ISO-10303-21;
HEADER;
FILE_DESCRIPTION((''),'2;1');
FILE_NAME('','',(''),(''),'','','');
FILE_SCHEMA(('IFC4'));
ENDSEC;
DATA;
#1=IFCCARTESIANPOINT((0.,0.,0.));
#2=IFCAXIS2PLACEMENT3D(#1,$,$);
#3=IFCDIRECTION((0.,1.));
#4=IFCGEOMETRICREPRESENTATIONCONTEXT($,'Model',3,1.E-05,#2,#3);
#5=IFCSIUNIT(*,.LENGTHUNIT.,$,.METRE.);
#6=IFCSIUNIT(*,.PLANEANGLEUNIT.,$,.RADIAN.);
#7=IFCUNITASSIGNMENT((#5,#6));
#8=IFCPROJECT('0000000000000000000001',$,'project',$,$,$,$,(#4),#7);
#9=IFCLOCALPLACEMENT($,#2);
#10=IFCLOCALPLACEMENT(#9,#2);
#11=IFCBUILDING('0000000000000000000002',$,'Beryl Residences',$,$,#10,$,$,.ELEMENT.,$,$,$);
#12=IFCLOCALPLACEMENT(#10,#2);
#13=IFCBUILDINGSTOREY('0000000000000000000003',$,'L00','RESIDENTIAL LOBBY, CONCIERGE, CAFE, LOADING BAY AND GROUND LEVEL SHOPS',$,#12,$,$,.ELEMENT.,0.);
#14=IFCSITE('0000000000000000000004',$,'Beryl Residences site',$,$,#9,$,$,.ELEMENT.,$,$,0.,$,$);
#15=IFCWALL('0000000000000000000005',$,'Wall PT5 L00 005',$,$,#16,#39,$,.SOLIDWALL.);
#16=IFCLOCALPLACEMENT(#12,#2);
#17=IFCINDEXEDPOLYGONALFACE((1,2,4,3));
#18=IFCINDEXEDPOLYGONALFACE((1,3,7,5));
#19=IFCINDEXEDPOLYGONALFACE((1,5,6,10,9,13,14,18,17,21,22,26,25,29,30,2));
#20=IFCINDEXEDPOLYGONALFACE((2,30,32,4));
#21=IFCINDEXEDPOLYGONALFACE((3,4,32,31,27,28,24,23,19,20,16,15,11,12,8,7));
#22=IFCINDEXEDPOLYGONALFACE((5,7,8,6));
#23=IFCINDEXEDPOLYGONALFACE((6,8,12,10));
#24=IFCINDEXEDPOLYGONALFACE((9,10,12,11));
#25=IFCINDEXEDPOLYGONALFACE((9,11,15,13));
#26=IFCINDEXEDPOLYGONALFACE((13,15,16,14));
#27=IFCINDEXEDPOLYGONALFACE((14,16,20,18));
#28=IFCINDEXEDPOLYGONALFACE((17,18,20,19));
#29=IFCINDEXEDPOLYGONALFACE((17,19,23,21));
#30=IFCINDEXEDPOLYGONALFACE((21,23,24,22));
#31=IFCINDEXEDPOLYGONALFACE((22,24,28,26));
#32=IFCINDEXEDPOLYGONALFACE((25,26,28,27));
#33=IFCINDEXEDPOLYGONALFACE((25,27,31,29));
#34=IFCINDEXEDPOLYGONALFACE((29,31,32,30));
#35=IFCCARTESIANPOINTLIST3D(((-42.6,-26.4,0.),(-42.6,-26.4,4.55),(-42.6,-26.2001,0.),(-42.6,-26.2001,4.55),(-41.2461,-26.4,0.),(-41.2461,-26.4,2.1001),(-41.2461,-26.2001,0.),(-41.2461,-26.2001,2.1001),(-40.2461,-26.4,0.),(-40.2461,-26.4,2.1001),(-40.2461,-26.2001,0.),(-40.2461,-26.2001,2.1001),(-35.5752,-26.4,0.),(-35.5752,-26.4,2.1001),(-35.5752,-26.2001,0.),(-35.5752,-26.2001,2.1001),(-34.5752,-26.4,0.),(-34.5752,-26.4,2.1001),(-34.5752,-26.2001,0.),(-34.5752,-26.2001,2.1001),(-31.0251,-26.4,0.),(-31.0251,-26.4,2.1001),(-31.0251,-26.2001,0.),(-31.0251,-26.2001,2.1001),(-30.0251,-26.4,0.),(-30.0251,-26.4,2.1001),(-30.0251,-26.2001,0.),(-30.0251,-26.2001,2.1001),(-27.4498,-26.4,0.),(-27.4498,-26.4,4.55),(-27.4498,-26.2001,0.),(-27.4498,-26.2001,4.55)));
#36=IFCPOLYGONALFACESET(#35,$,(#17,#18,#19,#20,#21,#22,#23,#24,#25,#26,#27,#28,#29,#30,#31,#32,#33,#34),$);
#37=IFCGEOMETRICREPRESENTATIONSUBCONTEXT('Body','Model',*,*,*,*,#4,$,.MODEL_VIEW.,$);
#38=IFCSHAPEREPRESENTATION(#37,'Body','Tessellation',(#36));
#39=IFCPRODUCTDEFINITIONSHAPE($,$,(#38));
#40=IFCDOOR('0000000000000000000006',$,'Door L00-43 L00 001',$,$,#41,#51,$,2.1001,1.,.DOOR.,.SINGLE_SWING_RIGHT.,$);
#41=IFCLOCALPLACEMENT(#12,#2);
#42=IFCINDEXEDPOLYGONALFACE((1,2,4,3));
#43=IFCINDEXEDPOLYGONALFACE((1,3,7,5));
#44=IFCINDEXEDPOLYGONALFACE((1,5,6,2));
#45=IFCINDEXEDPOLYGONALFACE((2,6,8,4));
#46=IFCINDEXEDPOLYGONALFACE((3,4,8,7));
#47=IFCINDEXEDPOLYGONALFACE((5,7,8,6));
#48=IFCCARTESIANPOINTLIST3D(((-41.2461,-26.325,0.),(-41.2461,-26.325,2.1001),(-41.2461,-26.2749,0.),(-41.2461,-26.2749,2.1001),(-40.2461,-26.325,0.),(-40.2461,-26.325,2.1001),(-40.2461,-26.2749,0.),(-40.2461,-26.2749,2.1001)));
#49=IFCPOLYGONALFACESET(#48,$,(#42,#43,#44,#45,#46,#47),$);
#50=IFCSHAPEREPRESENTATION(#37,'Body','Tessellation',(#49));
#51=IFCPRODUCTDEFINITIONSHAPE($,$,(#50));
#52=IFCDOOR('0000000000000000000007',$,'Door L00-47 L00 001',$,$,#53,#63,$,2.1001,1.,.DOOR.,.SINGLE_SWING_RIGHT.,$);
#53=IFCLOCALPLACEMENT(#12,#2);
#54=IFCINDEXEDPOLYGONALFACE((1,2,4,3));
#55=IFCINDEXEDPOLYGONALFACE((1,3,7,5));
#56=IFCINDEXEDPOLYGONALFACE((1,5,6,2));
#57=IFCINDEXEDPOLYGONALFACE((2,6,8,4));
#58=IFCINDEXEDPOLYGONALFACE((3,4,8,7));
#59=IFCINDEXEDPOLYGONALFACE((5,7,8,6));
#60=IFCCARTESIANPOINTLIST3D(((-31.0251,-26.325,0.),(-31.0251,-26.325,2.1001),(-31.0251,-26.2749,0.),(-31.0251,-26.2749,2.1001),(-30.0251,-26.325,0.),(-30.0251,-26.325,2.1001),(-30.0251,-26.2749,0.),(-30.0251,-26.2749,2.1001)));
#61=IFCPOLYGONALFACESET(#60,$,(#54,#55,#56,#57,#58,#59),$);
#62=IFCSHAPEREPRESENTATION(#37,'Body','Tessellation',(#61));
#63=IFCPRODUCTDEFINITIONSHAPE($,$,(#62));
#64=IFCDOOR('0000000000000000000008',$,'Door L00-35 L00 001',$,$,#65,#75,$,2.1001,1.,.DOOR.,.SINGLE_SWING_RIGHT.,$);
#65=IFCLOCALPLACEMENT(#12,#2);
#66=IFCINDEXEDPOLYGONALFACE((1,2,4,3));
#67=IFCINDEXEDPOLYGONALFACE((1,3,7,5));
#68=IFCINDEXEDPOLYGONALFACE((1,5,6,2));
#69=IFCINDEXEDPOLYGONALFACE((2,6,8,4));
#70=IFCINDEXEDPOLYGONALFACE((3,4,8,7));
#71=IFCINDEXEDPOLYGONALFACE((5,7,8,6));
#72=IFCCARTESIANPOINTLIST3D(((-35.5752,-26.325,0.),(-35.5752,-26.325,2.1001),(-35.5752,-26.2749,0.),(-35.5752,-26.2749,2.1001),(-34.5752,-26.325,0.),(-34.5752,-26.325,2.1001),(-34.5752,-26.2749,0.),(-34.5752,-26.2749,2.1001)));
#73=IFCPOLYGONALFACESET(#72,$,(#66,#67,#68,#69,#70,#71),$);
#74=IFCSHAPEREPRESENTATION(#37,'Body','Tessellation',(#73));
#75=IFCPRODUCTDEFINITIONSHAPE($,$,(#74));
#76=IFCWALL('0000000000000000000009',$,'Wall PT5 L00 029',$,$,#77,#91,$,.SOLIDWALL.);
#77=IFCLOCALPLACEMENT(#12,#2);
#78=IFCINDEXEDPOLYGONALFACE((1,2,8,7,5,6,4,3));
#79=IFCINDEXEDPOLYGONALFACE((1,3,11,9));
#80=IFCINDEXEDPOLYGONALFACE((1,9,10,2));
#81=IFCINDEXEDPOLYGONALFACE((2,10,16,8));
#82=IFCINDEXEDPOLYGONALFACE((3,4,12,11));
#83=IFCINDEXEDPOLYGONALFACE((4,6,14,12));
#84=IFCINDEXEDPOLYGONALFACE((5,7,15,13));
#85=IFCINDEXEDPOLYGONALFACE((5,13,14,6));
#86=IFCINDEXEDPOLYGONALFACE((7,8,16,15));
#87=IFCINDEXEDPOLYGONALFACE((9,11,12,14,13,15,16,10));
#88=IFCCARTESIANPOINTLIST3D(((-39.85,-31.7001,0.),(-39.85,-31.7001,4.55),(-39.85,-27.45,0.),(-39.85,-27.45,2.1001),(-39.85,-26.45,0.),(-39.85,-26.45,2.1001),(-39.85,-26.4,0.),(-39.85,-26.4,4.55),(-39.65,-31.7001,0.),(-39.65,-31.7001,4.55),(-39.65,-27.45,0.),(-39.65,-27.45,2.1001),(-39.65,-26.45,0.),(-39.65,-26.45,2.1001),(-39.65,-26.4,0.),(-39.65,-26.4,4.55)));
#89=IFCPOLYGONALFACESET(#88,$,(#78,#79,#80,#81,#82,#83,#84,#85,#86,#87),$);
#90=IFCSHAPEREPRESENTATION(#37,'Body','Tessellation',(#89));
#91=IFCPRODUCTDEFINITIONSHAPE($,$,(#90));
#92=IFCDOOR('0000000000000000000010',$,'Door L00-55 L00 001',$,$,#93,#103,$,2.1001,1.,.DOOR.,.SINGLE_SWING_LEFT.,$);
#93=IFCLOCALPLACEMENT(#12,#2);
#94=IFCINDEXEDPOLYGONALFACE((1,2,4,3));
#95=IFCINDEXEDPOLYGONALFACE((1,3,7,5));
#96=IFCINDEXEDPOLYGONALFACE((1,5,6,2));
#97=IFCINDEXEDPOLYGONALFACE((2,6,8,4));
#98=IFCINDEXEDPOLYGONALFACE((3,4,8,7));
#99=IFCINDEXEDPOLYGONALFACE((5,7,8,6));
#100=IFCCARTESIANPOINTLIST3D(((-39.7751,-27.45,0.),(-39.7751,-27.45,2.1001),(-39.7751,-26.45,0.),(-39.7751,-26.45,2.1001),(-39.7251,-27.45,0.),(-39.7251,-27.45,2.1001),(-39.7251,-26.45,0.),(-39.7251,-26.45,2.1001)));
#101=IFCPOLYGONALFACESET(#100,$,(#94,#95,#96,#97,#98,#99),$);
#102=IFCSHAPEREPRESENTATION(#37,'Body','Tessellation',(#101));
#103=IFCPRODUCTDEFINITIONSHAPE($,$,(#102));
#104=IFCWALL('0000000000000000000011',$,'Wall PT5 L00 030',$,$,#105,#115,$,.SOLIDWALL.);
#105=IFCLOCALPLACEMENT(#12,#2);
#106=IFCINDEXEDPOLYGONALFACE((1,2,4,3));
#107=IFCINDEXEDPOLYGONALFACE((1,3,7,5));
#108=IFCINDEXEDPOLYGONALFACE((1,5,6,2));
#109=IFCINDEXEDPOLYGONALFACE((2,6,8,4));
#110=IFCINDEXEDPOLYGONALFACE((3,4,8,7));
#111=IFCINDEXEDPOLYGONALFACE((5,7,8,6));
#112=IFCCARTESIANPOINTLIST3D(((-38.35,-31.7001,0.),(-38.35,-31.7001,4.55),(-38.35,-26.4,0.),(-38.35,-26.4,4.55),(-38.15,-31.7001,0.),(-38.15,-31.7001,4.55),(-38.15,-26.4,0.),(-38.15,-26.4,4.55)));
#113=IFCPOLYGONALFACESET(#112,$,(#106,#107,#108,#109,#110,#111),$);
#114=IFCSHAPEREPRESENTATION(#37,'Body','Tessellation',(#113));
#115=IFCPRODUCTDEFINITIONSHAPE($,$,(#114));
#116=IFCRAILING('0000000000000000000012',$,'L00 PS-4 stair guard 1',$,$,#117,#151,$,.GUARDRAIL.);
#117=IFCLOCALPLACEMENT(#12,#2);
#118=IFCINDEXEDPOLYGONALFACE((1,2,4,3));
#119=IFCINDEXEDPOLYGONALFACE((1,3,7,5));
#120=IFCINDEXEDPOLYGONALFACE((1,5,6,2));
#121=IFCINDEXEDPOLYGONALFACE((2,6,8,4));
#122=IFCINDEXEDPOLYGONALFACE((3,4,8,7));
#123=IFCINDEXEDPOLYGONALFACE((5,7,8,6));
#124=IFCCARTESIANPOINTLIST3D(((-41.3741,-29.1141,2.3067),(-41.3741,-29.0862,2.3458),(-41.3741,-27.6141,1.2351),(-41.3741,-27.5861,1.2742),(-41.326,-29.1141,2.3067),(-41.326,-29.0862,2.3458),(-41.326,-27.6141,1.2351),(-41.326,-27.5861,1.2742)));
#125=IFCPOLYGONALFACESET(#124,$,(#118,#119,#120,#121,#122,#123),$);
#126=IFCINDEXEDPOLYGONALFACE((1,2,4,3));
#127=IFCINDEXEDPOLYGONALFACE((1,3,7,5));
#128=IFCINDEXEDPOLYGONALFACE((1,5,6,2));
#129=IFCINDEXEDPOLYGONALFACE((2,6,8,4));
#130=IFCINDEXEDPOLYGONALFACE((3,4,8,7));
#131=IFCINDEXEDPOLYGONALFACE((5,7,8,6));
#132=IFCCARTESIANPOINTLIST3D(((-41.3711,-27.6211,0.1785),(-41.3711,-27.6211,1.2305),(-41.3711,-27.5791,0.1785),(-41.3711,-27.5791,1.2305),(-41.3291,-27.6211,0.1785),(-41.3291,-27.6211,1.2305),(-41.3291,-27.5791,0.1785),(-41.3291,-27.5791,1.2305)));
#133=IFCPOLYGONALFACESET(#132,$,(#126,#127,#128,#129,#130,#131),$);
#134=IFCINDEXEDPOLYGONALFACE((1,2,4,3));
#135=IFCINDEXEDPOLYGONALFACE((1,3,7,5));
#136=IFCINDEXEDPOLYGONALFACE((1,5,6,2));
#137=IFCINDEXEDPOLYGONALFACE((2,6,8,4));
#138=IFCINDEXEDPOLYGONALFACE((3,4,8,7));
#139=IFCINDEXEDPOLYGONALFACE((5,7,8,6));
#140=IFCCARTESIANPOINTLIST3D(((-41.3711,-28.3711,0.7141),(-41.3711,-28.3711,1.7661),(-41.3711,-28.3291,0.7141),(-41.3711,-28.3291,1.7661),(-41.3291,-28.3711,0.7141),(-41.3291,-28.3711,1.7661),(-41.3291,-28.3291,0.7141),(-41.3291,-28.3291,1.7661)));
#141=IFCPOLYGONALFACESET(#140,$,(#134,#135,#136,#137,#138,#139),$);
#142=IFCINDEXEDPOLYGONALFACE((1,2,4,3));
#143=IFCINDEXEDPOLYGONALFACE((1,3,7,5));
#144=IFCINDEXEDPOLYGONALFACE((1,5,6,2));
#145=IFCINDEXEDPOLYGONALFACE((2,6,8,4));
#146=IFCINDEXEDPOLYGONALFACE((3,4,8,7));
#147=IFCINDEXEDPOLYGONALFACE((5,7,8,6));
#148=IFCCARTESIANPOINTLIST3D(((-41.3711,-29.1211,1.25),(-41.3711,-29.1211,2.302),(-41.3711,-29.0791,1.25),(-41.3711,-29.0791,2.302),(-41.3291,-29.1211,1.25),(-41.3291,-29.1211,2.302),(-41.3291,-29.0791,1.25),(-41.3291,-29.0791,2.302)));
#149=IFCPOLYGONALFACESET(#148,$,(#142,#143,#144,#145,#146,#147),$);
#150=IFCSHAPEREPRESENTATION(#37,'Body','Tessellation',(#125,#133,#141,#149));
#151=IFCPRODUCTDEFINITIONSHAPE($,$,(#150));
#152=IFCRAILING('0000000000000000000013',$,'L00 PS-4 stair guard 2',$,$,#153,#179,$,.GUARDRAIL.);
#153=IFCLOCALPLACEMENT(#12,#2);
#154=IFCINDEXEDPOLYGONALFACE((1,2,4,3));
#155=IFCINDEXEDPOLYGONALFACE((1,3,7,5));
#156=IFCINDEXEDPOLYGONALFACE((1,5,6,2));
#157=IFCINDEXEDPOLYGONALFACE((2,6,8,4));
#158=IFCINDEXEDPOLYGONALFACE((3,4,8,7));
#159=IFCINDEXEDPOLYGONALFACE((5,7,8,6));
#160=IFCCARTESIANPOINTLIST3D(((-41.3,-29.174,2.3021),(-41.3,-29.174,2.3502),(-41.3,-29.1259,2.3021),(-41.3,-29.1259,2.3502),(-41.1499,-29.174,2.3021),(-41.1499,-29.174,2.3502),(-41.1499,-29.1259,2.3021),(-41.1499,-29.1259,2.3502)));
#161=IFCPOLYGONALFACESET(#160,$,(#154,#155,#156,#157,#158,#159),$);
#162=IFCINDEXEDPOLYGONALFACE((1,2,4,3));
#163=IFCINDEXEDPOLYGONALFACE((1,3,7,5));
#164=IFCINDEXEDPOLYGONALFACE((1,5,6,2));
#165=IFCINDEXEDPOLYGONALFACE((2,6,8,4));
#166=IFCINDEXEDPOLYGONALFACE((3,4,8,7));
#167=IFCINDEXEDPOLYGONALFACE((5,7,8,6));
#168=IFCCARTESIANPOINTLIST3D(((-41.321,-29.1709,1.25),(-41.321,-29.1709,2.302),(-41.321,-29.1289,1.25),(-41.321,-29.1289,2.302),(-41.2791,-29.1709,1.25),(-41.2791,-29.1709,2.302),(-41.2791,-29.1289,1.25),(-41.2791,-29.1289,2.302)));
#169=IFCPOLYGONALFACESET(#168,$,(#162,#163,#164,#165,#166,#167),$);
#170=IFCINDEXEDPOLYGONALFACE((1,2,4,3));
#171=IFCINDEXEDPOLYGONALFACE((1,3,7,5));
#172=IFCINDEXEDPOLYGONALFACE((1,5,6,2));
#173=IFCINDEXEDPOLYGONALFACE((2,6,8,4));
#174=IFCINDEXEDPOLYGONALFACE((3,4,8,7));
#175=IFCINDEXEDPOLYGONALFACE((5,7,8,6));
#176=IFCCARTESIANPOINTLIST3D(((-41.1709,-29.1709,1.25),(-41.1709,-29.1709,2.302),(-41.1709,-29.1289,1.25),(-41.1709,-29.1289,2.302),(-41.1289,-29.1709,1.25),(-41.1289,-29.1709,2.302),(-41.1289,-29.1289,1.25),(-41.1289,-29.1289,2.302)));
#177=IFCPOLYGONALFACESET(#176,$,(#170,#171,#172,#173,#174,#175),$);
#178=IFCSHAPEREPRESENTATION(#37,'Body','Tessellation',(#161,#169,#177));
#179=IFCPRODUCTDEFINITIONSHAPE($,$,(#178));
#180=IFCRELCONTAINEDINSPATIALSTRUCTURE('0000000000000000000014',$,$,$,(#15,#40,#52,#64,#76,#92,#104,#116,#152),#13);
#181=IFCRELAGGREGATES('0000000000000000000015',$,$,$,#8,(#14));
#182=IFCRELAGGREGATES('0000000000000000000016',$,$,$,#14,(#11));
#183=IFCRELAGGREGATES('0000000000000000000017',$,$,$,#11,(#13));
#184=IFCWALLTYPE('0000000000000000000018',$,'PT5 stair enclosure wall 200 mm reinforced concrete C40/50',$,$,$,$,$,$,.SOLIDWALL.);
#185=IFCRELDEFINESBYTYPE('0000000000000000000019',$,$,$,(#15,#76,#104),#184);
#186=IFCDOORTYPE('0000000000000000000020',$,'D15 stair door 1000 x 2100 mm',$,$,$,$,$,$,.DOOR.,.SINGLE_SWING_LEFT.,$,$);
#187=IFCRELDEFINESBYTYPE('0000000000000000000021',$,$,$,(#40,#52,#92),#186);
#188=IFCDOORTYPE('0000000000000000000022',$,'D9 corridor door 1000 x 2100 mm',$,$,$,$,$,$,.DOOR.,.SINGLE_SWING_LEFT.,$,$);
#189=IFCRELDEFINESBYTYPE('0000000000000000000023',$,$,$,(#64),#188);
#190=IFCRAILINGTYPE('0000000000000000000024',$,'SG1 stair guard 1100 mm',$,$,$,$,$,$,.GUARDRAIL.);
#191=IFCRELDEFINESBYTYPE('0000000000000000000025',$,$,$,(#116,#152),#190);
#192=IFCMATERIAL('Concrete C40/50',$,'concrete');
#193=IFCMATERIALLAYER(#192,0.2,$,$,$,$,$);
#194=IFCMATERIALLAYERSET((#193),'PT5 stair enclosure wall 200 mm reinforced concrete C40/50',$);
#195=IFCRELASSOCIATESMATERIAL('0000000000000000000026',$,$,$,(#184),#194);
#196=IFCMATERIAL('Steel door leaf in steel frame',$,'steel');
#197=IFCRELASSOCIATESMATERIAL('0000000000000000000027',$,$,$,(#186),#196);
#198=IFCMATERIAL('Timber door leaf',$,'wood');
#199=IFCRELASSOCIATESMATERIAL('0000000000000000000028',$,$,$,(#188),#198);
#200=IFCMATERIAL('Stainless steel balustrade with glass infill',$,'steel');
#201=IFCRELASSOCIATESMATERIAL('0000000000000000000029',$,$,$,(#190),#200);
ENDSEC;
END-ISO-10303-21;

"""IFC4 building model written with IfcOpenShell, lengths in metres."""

from ifc_helpers import new_model, si_unit, direction, frame, frame_2d, origin, origin_2d, place, context, subcontext, project, spatial, rectangle, extrude, material, layer, layer_set, type_object, element, fill, save


model = new_model("IFC4")

# Units and contexts
model_context = context("Model", 3, precision=1e-05, world=origin(), true_north=direction((0.0, 1.0)))
body_context = subcontext(model_context, "Body", "Model", "MODEL_VIEW")
ifc_project = project(units=[si_unit("LENGTHUNIT", "METRE"), si_unit("PLANEANGLEUNIT", "RADIAN")], contexts=[model_context])

# Site, building, storey
site_placement = place(None, origin())
site = spatial("IfcSite", under=ifc_project, at=site_placement, Name="Beryl Residences site", CompositionType="ELEMENT", RefElevation=0.0)
building_placement = place(site_placement, origin())
building = spatial("IfcBuilding", under=site, at=building_placement, Name="Beryl Residences", CompositionType="ELEMENT")
storey_placement = place(building_placement, origin())
storey = spatial("IfcBuildingStorey", under=building, at=storey_placement, Name="L00", Description="RESIDENTIAL LOBBY, CONCIERGE, CAFE, LOADING BAY AND GROUND LEVEL SHOPS", CompositionType="ELEMENT", Elevation=0.0)

# Wall, openings, doors
ifc_material_1 = material(Name="Concrete C40/50", Category="concrete")
ifc_layer_1 = layer(ifc_material_1, 0.2)
ifc_layer_set_1 = layer_set([ifc_layer_1], Name="PT5 stair enclosure wall 200 mm reinforced concrete C40/50")
wall_type_1 = type_object("IfcWallType", Name="PT5 stair enclosure wall 200 mm reinforced concrete C40/50", PredefinedType="SOLIDWALL", material=ifc_layer_set_1)
wall_1_placement = place(storey_placement, frame((-42.6001, -26.3, 0.0), z_axis=(0.0, 0.0, 1.0), x_axis=(1.0, 0.0, 0.0)))
wall_1 = element("IfcWall", 1, at=wall_1_placement, inside=storey, type_object=wall_type_1, Name="Wall PT5 L00 005", PredefinedType="SOLIDWALL", context=body_context, shape_type="SweptSolid", body=[
    extrude(rectangle(XDim=15.1501, YDim=0.2, at=frame_2d((7.5752, 0.0))), origin(), (0.0, 0.0, 1.0), 4.55),
])
opening_1_placement = place(wall_1_placement, frame((8.0249, 0.0, 0.0), z_axis=(0.0, 0.0, 1.0), x_axis=(-1.0, 0.0, 0.0)))
opening_1 = element("IfcOpeningElement", 2, at=opening_1_placement, cuts=wall_1, PredefinedType="OPENING", context=body_context, shape_type="SweptSolid", body=[
    extrude(rectangle(XDim=1.0, YDim=2.1001, at=frame_2d((0.5, 1.05))), frame((0.0, 0.1099, 0.0), z_axis=(0.0, -1.0, 0.0), x_axis=(1.0, 0.0, 0.0)), (0.0, 0.0, 1.0), 0.22),
])
opening_2_placement = place(wall_1_placement, frame((2.354, 0.0, 0.0), z_axis=(0.0, 0.0, 1.0), x_axis=(-1.0, 0.0, 0.0)))
opening_2 = element("IfcOpeningElement", 3, at=opening_2_placement, cuts=wall_1, PredefinedType="OPENING", context=body_context, shape_type="SweptSolid", body=[
    extrude(rectangle(XDim=1.0, YDim=2.1001, at=frame_2d((0.5, 1.05))), frame((0.0, 0.1099, 0.0), z_axis=(0.0, -1.0, 0.0), x_axis=(1.0, 0.0, 0.0)), (0.0, 0.0, 1.0), 0.22),
])
opening_3_placement = place(wall_1_placement, frame((12.575, 0.0, 0.0), z_axis=(0.0, 0.0, 1.0), x_axis=(-1.0, 0.0, 0.0)))
opening_3 = element("IfcOpeningElement", 4, at=opening_3_placement, cuts=wall_1, PredefinedType="OPENING", context=body_context, shape_type="SweptSolid", body=[
    extrude(rectangle(XDim=1.0, YDim=2.1001, at=frame_2d((0.5, 1.05))), frame((0.0, 0.1099, 0.0), z_axis=(0.0, -1.0, 0.0), x_axis=(1.0, 0.0, 0.0)), (0.0, 0.0, 1.0), 0.22),
])
ifc_material_2 = material(Name="Steel door leaf in steel frame", Category="steel")
door_type_1 = type_object("IfcDoorType", Name="D15 stair door 1000 x 2100 mm", OperationType="SINGLE_SWING_LEFT", PredefinedType="DOOR", material=ifc_material_2)
door_1_placement = place(opening_2_placement, origin())
door_1 = element("IfcDoor", 5, at=door_1_placement, inside=storey, type_object=door_type_1, Name="Door L00-43 L00 001", OperationType="SINGLE_SWING_RIGHT", OverallHeight=2.1001, OverallWidth=1.0, PredefinedType="DOOR", context=body_context, shape_type="SweptSolid", body=[
    extrude(rectangle(XDim=1.0, YDim=2.1001, at=frame_2d((0.5, 1.05))), frame((0.0, 0.0249, 0.0), z_axis=(0.0, -1.0, 0.0), x_axis=(1.0, 0.0, 0.0)), (0.0, 0.0, 1.0), 0.05),
])
fill(opening_2, door_1)
door_2_placement = place(opening_3_placement, origin())
door_2 = element("IfcDoor", 6, at=door_2_placement, inside=storey, type_object=door_type_1, Name="Door L00-47 L00 001", OperationType="SINGLE_SWING_RIGHT", OverallHeight=2.1001, OverallWidth=1.0, PredefinedType="DOOR", context=body_context, shape_type="SweptSolid", body=[
    extrude(rectangle(XDim=1.0, YDim=2.1001, at=frame_2d((0.5, 1.05))), frame((0.0, 0.0249, 0.0), z_axis=(0.0, -1.0, 0.0), x_axis=(1.0, 0.0, 0.0)), (0.0, 0.0, 1.0), 0.05),
])
fill(opening_3, door_2)
ifc_material_3 = material(Name="Timber door leaf", Category="wood")
door_type_2 = type_object("IfcDoorType", Name="D9 corridor door 1000 x 2100 mm", OperationType="SINGLE_SWING_LEFT", PredefinedType="DOOR", material=ifc_material_3)
door_3_placement = place(opening_1_placement, origin())
door_3 = element("IfcDoor", 7, at=door_3_placement, inside=storey, type_object=door_type_2, Name="Door L00-35 L00 001", OperationType="SINGLE_SWING_RIGHT", OverallHeight=2.1001, OverallWidth=1.0, PredefinedType="DOOR", context=body_context, shape_type="SweptSolid", body=[
    extrude(rectangle(XDim=1.0, YDim=2.1001, at=frame_2d((0.5, 1.05))), frame((0.0, 0.0249, 0.0), z_axis=(0.0, -1.0, 0.0), x_axis=(1.0, 0.0, 0.0)), (0.0, 0.0, 1.0), 0.05),
])
fill(opening_1, door_3)

# Wall, opening, door
wall_2_placement = place(storey_placement, frame((-39.75, -31.7, 0.0), z_axis=(0.0, 0.0, 1.0), x_axis=(0.0, 1.0, 0.0)))
wall_2 = element("IfcWall", 8, at=wall_2_placement, inside=storey, type_object=wall_type_1, Name="Wall PT5 L00 029", PredefinedType="SOLIDWALL", context=body_context, shape_type="SweptSolid", body=[
    extrude(rectangle(XDim=5.3, YDim=0.2, at=frame_2d((2.6499, 0.0))), origin(), (0.0, 0.0, 1.0), 4.55),
])
opening_4_placement = place(wall_2_placement, frame((5.25, 0.0, 0.0), z_axis=(0.0, 0.0, 1.0), x_axis=(-1.0, 0.0, 0.0)))
opening_4 = element("IfcOpeningElement", 9, at=opening_4_placement, cuts=wall_2, PredefinedType="OPENING", context=body_context, shape_type="SweptSolid", body=[
    extrude(rectangle(XDim=1.0, YDim=2.1001, at=frame_2d((0.5, 1.05))), frame((0.0, 0.1099, 0.0), z_axis=(0.0, -1.0, 0.0), x_axis=(1.0, 0.0, 0.0)), (0.0, 0.0, 1.0), 0.22),
])
door_4_placement = place(opening_4_placement, origin())
door_4 = element("IfcDoor", 10, at=door_4_placement, inside=storey, type_object=door_type_1, Name="Door L00-55 L00 001", OperationType="SINGLE_SWING_LEFT", OverallHeight=2.1001, OverallWidth=1.0, PredefinedType="DOOR", context=body_context, shape_type="SweptSolid", body=[
    extrude(rectangle(XDim=1.0, YDim=2.1001, at=frame_2d((0.5, 1.05))), frame((0.0, 0.0249, 0.0), z_axis=(0.0, -1.0, 0.0), x_axis=(1.0, 0.0, 0.0)), (0.0, 0.0, 1.0), 0.05),
])
fill(opening_4, door_4)

# Wall
wall_3_placement = place(storey_placement, frame((-38.25, -31.7, 0.0), z_axis=(0.0, 0.0, 1.0), x_axis=(0.0, 1.0, 0.0)))
element("IfcWall", 11, at=wall_3_placement, inside=storey, type_object=wall_type_1, Name="Wall PT5 L00 030", PredefinedType="SOLIDWALL", context=body_context, shape_type="SweptSolid", body=[
    extrude(rectangle(XDim=5.3, YDim=0.2, at=frame_2d((2.6499, 0.0))), origin(), (0.0, 0.0, 1.0), 4.55),
])

# Railings
ifc_material_4 = material(Name="Stainless steel balustrade with glass infill", Category="steel")
railing_type_1 = type_object("IfcRailingType", Name="SG1 stair guard 1100 mm", PredefinedType="GUARDRAIL", material=ifc_material_4)
railing_1_placement = place(storey_placement, frame((-41.3501, -27.6001, 0.1785)))
element("IfcRailing", 12, at=railing_1_placement, inside=storey, type_object=railing_type_1, Name="L00 PS-4 stair guard 1", PredefinedType="GUARDRAIL", context=body_context, shape_type="SweptSolid", body=[
    extrude(rectangle(XDim=0.0481, YDim=0.0481, at=origin_2d()), frame((0.0, 0.0, 1.0762), z_axis=(0.0, -0.813707, 0.581276), x_axis=(1.0, 0.0, 0.0)), (0.0, 0.0, 1.0), 1.8435),
    extrude(rectangle(XDim=0.042, YDim=0.042, at=origin_2d()), origin(), (0.0, 0.0, 1.0), 1.052),
    extrude(rectangle(XDim=0.042, YDim=0.042, at=origin_2d()), frame((0.0, -0.75, 0.5356)), (0.0, 0.0, 1.0), 1.052),
    extrude(rectangle(XDim=0.042, YDim=0.042, at=origin_2d()), frame((0.0, -1.5, 1.0715)), (0.0, 0.0, 1.0), 1.052),
])
railing_2_placement = place(storey_placement, frame((-41.3, -29.1499, 1.25)))
element("IfcRailing", 13, at=railing_2_placement, inside=storey, type_object=railing_type_1, Name="L00 PS-4 stair guard 2", PredefinedType="GUARDRAIL", context=body_context, shape_type="SweptSolid", body=[
    extrude(rectangle(XDim=0.0481, YDim=0.0481, at=origin_2d()), frame((0.0, 0.0, 1.0762), z_axis=(1.0, 0.0, 0.0), x_axis=(0.0, 1.0, 0.0)), (0.0, 0.0, 1.0), 0.1501),
    extrude(rectangle(XDim=0.042, YDim=0.042, at=origin_2d()), origin(), (0.0, 0.0, 1.0), 1.052),
    extrude(rectangle(XDim=0.042, YDim=0.042, at=origin_2d()), frame((0.1501, 0.0, 0.0)), (0.0, 0.0, 1.0), 1.052),
])

save(model, "model.ifc")
